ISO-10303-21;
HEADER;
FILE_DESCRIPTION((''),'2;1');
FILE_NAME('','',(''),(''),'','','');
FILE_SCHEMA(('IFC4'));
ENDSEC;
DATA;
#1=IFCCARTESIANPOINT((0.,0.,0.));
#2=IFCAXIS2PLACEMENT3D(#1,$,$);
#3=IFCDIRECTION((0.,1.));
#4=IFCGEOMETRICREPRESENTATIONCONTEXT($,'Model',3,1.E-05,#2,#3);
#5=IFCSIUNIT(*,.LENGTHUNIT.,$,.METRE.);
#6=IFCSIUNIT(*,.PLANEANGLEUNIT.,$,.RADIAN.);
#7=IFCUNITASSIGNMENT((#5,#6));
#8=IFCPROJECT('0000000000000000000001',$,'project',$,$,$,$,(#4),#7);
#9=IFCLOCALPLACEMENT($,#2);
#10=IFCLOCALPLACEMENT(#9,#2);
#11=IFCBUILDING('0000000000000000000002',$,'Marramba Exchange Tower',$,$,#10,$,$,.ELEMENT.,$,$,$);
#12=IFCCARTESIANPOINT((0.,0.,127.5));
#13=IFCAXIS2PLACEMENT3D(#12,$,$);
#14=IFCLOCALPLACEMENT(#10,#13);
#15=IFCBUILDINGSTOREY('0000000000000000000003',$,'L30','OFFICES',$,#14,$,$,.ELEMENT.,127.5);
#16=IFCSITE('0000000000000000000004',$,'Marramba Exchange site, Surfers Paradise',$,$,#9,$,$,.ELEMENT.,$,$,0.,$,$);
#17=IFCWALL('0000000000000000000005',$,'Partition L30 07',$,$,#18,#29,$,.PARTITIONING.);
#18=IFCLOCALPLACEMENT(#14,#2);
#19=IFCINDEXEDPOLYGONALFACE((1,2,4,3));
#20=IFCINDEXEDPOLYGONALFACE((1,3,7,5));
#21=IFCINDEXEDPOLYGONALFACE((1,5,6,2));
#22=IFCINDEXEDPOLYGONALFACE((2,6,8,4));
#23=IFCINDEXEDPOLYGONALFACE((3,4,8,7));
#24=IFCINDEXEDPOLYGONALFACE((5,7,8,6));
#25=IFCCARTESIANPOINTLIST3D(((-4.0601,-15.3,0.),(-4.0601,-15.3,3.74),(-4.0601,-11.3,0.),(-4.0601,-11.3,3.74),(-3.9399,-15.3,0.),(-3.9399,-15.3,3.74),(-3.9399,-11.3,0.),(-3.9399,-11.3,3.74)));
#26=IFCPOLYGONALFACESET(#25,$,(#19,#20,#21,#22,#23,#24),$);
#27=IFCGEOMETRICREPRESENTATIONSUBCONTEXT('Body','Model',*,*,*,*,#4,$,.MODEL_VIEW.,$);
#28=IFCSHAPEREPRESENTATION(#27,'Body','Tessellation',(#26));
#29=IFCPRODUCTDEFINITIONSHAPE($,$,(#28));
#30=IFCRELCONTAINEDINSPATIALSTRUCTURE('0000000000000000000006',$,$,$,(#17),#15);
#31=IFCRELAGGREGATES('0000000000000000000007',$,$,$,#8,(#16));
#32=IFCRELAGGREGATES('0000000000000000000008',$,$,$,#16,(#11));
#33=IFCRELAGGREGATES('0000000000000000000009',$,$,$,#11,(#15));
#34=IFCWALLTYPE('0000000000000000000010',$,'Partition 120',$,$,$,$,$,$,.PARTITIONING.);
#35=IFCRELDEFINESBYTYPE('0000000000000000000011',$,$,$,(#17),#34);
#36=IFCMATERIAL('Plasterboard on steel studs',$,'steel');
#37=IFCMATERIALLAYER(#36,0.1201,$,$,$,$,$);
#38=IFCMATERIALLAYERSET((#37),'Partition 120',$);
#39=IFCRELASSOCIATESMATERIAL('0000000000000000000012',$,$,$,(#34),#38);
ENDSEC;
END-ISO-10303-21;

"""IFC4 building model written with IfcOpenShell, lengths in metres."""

from ifc_helpers import new_model, si_unit, direction, frame, frame_2d, origin, place, context, subcontext, project, spatial, rectangle, extrude, material, layer, layer_set, type_object, element, save


model = new_model("IFC4")

# Units and contexts
model_context = context("Model", 3, precision=1e-05, world=origin(), true_north=direction((0.0, 1.0)))
body_context = subcontext(model_context, "Body", "Model", "MODEL_VIEW")
ifc_project = project(units=[si_unit("LENGTHUNIT", "METRE"), si_unit("PLANEANGLEUNIT", "RADIAN")], contexts=[model_context])

# Site, building, storey
site_placement = place(None, origin())
site = spatial("IfcSite", under=ifc_project, at=site_placement, Name="Marramba Exchange site, Surfers Paradise", CompositionType="ELEMENT", RefElevation=0.0)
building_placement = place(site_placement, origin())
building = spatial("IfcBuilding", under=site, at=building_placement, Name="Marramba Exchange Tower", CompositionType="ELEMENT")
storey_placement = place(building_placement, frame((0.0, 0.0, 127.5)))
storey = spatial("IfcBuildingStorey", under=building, at=storey_placement, Name="L30", Description="OFFICES", CompositionType="ELEMENT", Elevation=127.5)

# Shared definitions
ifc_material_1 = material(Name="Plasterboard on steel studs", Category="steel")
ifc_layer_1 = layer(ifc_material_1, 0.1201)
ifc_layer_set_1 = layer_set([ifc_layer_1], Name="Partition 120")
wall_type_1 = type_object("IfcWallType", Name="Partition 120", PredefinedType="PARTITIONING", material=ifc_layer_set_1)

# Wall
wall_1_placement = place(storey_placement, frame((-4.0, -15.3, 0.0), z_axis=(0.0, 0.0, 1.0), x_axis=(0.0, 1.0, 0.0)))
element("IfcWall", 1, at=wall_1_placement, inside=storey, type_object=wall_type_1, Name="Partition L30 07", PredefinedType="PARTITIONING", context=body_context, shape_type="SweptSolid", body=[
    extrude(rectangle(XDim=4.0, YDim=0.1201, at=frame_2d((2.0, 0.0))), origin(), (0.0, 0.0, 1.0), 3.74),
])

save(model, "model.ifc")
